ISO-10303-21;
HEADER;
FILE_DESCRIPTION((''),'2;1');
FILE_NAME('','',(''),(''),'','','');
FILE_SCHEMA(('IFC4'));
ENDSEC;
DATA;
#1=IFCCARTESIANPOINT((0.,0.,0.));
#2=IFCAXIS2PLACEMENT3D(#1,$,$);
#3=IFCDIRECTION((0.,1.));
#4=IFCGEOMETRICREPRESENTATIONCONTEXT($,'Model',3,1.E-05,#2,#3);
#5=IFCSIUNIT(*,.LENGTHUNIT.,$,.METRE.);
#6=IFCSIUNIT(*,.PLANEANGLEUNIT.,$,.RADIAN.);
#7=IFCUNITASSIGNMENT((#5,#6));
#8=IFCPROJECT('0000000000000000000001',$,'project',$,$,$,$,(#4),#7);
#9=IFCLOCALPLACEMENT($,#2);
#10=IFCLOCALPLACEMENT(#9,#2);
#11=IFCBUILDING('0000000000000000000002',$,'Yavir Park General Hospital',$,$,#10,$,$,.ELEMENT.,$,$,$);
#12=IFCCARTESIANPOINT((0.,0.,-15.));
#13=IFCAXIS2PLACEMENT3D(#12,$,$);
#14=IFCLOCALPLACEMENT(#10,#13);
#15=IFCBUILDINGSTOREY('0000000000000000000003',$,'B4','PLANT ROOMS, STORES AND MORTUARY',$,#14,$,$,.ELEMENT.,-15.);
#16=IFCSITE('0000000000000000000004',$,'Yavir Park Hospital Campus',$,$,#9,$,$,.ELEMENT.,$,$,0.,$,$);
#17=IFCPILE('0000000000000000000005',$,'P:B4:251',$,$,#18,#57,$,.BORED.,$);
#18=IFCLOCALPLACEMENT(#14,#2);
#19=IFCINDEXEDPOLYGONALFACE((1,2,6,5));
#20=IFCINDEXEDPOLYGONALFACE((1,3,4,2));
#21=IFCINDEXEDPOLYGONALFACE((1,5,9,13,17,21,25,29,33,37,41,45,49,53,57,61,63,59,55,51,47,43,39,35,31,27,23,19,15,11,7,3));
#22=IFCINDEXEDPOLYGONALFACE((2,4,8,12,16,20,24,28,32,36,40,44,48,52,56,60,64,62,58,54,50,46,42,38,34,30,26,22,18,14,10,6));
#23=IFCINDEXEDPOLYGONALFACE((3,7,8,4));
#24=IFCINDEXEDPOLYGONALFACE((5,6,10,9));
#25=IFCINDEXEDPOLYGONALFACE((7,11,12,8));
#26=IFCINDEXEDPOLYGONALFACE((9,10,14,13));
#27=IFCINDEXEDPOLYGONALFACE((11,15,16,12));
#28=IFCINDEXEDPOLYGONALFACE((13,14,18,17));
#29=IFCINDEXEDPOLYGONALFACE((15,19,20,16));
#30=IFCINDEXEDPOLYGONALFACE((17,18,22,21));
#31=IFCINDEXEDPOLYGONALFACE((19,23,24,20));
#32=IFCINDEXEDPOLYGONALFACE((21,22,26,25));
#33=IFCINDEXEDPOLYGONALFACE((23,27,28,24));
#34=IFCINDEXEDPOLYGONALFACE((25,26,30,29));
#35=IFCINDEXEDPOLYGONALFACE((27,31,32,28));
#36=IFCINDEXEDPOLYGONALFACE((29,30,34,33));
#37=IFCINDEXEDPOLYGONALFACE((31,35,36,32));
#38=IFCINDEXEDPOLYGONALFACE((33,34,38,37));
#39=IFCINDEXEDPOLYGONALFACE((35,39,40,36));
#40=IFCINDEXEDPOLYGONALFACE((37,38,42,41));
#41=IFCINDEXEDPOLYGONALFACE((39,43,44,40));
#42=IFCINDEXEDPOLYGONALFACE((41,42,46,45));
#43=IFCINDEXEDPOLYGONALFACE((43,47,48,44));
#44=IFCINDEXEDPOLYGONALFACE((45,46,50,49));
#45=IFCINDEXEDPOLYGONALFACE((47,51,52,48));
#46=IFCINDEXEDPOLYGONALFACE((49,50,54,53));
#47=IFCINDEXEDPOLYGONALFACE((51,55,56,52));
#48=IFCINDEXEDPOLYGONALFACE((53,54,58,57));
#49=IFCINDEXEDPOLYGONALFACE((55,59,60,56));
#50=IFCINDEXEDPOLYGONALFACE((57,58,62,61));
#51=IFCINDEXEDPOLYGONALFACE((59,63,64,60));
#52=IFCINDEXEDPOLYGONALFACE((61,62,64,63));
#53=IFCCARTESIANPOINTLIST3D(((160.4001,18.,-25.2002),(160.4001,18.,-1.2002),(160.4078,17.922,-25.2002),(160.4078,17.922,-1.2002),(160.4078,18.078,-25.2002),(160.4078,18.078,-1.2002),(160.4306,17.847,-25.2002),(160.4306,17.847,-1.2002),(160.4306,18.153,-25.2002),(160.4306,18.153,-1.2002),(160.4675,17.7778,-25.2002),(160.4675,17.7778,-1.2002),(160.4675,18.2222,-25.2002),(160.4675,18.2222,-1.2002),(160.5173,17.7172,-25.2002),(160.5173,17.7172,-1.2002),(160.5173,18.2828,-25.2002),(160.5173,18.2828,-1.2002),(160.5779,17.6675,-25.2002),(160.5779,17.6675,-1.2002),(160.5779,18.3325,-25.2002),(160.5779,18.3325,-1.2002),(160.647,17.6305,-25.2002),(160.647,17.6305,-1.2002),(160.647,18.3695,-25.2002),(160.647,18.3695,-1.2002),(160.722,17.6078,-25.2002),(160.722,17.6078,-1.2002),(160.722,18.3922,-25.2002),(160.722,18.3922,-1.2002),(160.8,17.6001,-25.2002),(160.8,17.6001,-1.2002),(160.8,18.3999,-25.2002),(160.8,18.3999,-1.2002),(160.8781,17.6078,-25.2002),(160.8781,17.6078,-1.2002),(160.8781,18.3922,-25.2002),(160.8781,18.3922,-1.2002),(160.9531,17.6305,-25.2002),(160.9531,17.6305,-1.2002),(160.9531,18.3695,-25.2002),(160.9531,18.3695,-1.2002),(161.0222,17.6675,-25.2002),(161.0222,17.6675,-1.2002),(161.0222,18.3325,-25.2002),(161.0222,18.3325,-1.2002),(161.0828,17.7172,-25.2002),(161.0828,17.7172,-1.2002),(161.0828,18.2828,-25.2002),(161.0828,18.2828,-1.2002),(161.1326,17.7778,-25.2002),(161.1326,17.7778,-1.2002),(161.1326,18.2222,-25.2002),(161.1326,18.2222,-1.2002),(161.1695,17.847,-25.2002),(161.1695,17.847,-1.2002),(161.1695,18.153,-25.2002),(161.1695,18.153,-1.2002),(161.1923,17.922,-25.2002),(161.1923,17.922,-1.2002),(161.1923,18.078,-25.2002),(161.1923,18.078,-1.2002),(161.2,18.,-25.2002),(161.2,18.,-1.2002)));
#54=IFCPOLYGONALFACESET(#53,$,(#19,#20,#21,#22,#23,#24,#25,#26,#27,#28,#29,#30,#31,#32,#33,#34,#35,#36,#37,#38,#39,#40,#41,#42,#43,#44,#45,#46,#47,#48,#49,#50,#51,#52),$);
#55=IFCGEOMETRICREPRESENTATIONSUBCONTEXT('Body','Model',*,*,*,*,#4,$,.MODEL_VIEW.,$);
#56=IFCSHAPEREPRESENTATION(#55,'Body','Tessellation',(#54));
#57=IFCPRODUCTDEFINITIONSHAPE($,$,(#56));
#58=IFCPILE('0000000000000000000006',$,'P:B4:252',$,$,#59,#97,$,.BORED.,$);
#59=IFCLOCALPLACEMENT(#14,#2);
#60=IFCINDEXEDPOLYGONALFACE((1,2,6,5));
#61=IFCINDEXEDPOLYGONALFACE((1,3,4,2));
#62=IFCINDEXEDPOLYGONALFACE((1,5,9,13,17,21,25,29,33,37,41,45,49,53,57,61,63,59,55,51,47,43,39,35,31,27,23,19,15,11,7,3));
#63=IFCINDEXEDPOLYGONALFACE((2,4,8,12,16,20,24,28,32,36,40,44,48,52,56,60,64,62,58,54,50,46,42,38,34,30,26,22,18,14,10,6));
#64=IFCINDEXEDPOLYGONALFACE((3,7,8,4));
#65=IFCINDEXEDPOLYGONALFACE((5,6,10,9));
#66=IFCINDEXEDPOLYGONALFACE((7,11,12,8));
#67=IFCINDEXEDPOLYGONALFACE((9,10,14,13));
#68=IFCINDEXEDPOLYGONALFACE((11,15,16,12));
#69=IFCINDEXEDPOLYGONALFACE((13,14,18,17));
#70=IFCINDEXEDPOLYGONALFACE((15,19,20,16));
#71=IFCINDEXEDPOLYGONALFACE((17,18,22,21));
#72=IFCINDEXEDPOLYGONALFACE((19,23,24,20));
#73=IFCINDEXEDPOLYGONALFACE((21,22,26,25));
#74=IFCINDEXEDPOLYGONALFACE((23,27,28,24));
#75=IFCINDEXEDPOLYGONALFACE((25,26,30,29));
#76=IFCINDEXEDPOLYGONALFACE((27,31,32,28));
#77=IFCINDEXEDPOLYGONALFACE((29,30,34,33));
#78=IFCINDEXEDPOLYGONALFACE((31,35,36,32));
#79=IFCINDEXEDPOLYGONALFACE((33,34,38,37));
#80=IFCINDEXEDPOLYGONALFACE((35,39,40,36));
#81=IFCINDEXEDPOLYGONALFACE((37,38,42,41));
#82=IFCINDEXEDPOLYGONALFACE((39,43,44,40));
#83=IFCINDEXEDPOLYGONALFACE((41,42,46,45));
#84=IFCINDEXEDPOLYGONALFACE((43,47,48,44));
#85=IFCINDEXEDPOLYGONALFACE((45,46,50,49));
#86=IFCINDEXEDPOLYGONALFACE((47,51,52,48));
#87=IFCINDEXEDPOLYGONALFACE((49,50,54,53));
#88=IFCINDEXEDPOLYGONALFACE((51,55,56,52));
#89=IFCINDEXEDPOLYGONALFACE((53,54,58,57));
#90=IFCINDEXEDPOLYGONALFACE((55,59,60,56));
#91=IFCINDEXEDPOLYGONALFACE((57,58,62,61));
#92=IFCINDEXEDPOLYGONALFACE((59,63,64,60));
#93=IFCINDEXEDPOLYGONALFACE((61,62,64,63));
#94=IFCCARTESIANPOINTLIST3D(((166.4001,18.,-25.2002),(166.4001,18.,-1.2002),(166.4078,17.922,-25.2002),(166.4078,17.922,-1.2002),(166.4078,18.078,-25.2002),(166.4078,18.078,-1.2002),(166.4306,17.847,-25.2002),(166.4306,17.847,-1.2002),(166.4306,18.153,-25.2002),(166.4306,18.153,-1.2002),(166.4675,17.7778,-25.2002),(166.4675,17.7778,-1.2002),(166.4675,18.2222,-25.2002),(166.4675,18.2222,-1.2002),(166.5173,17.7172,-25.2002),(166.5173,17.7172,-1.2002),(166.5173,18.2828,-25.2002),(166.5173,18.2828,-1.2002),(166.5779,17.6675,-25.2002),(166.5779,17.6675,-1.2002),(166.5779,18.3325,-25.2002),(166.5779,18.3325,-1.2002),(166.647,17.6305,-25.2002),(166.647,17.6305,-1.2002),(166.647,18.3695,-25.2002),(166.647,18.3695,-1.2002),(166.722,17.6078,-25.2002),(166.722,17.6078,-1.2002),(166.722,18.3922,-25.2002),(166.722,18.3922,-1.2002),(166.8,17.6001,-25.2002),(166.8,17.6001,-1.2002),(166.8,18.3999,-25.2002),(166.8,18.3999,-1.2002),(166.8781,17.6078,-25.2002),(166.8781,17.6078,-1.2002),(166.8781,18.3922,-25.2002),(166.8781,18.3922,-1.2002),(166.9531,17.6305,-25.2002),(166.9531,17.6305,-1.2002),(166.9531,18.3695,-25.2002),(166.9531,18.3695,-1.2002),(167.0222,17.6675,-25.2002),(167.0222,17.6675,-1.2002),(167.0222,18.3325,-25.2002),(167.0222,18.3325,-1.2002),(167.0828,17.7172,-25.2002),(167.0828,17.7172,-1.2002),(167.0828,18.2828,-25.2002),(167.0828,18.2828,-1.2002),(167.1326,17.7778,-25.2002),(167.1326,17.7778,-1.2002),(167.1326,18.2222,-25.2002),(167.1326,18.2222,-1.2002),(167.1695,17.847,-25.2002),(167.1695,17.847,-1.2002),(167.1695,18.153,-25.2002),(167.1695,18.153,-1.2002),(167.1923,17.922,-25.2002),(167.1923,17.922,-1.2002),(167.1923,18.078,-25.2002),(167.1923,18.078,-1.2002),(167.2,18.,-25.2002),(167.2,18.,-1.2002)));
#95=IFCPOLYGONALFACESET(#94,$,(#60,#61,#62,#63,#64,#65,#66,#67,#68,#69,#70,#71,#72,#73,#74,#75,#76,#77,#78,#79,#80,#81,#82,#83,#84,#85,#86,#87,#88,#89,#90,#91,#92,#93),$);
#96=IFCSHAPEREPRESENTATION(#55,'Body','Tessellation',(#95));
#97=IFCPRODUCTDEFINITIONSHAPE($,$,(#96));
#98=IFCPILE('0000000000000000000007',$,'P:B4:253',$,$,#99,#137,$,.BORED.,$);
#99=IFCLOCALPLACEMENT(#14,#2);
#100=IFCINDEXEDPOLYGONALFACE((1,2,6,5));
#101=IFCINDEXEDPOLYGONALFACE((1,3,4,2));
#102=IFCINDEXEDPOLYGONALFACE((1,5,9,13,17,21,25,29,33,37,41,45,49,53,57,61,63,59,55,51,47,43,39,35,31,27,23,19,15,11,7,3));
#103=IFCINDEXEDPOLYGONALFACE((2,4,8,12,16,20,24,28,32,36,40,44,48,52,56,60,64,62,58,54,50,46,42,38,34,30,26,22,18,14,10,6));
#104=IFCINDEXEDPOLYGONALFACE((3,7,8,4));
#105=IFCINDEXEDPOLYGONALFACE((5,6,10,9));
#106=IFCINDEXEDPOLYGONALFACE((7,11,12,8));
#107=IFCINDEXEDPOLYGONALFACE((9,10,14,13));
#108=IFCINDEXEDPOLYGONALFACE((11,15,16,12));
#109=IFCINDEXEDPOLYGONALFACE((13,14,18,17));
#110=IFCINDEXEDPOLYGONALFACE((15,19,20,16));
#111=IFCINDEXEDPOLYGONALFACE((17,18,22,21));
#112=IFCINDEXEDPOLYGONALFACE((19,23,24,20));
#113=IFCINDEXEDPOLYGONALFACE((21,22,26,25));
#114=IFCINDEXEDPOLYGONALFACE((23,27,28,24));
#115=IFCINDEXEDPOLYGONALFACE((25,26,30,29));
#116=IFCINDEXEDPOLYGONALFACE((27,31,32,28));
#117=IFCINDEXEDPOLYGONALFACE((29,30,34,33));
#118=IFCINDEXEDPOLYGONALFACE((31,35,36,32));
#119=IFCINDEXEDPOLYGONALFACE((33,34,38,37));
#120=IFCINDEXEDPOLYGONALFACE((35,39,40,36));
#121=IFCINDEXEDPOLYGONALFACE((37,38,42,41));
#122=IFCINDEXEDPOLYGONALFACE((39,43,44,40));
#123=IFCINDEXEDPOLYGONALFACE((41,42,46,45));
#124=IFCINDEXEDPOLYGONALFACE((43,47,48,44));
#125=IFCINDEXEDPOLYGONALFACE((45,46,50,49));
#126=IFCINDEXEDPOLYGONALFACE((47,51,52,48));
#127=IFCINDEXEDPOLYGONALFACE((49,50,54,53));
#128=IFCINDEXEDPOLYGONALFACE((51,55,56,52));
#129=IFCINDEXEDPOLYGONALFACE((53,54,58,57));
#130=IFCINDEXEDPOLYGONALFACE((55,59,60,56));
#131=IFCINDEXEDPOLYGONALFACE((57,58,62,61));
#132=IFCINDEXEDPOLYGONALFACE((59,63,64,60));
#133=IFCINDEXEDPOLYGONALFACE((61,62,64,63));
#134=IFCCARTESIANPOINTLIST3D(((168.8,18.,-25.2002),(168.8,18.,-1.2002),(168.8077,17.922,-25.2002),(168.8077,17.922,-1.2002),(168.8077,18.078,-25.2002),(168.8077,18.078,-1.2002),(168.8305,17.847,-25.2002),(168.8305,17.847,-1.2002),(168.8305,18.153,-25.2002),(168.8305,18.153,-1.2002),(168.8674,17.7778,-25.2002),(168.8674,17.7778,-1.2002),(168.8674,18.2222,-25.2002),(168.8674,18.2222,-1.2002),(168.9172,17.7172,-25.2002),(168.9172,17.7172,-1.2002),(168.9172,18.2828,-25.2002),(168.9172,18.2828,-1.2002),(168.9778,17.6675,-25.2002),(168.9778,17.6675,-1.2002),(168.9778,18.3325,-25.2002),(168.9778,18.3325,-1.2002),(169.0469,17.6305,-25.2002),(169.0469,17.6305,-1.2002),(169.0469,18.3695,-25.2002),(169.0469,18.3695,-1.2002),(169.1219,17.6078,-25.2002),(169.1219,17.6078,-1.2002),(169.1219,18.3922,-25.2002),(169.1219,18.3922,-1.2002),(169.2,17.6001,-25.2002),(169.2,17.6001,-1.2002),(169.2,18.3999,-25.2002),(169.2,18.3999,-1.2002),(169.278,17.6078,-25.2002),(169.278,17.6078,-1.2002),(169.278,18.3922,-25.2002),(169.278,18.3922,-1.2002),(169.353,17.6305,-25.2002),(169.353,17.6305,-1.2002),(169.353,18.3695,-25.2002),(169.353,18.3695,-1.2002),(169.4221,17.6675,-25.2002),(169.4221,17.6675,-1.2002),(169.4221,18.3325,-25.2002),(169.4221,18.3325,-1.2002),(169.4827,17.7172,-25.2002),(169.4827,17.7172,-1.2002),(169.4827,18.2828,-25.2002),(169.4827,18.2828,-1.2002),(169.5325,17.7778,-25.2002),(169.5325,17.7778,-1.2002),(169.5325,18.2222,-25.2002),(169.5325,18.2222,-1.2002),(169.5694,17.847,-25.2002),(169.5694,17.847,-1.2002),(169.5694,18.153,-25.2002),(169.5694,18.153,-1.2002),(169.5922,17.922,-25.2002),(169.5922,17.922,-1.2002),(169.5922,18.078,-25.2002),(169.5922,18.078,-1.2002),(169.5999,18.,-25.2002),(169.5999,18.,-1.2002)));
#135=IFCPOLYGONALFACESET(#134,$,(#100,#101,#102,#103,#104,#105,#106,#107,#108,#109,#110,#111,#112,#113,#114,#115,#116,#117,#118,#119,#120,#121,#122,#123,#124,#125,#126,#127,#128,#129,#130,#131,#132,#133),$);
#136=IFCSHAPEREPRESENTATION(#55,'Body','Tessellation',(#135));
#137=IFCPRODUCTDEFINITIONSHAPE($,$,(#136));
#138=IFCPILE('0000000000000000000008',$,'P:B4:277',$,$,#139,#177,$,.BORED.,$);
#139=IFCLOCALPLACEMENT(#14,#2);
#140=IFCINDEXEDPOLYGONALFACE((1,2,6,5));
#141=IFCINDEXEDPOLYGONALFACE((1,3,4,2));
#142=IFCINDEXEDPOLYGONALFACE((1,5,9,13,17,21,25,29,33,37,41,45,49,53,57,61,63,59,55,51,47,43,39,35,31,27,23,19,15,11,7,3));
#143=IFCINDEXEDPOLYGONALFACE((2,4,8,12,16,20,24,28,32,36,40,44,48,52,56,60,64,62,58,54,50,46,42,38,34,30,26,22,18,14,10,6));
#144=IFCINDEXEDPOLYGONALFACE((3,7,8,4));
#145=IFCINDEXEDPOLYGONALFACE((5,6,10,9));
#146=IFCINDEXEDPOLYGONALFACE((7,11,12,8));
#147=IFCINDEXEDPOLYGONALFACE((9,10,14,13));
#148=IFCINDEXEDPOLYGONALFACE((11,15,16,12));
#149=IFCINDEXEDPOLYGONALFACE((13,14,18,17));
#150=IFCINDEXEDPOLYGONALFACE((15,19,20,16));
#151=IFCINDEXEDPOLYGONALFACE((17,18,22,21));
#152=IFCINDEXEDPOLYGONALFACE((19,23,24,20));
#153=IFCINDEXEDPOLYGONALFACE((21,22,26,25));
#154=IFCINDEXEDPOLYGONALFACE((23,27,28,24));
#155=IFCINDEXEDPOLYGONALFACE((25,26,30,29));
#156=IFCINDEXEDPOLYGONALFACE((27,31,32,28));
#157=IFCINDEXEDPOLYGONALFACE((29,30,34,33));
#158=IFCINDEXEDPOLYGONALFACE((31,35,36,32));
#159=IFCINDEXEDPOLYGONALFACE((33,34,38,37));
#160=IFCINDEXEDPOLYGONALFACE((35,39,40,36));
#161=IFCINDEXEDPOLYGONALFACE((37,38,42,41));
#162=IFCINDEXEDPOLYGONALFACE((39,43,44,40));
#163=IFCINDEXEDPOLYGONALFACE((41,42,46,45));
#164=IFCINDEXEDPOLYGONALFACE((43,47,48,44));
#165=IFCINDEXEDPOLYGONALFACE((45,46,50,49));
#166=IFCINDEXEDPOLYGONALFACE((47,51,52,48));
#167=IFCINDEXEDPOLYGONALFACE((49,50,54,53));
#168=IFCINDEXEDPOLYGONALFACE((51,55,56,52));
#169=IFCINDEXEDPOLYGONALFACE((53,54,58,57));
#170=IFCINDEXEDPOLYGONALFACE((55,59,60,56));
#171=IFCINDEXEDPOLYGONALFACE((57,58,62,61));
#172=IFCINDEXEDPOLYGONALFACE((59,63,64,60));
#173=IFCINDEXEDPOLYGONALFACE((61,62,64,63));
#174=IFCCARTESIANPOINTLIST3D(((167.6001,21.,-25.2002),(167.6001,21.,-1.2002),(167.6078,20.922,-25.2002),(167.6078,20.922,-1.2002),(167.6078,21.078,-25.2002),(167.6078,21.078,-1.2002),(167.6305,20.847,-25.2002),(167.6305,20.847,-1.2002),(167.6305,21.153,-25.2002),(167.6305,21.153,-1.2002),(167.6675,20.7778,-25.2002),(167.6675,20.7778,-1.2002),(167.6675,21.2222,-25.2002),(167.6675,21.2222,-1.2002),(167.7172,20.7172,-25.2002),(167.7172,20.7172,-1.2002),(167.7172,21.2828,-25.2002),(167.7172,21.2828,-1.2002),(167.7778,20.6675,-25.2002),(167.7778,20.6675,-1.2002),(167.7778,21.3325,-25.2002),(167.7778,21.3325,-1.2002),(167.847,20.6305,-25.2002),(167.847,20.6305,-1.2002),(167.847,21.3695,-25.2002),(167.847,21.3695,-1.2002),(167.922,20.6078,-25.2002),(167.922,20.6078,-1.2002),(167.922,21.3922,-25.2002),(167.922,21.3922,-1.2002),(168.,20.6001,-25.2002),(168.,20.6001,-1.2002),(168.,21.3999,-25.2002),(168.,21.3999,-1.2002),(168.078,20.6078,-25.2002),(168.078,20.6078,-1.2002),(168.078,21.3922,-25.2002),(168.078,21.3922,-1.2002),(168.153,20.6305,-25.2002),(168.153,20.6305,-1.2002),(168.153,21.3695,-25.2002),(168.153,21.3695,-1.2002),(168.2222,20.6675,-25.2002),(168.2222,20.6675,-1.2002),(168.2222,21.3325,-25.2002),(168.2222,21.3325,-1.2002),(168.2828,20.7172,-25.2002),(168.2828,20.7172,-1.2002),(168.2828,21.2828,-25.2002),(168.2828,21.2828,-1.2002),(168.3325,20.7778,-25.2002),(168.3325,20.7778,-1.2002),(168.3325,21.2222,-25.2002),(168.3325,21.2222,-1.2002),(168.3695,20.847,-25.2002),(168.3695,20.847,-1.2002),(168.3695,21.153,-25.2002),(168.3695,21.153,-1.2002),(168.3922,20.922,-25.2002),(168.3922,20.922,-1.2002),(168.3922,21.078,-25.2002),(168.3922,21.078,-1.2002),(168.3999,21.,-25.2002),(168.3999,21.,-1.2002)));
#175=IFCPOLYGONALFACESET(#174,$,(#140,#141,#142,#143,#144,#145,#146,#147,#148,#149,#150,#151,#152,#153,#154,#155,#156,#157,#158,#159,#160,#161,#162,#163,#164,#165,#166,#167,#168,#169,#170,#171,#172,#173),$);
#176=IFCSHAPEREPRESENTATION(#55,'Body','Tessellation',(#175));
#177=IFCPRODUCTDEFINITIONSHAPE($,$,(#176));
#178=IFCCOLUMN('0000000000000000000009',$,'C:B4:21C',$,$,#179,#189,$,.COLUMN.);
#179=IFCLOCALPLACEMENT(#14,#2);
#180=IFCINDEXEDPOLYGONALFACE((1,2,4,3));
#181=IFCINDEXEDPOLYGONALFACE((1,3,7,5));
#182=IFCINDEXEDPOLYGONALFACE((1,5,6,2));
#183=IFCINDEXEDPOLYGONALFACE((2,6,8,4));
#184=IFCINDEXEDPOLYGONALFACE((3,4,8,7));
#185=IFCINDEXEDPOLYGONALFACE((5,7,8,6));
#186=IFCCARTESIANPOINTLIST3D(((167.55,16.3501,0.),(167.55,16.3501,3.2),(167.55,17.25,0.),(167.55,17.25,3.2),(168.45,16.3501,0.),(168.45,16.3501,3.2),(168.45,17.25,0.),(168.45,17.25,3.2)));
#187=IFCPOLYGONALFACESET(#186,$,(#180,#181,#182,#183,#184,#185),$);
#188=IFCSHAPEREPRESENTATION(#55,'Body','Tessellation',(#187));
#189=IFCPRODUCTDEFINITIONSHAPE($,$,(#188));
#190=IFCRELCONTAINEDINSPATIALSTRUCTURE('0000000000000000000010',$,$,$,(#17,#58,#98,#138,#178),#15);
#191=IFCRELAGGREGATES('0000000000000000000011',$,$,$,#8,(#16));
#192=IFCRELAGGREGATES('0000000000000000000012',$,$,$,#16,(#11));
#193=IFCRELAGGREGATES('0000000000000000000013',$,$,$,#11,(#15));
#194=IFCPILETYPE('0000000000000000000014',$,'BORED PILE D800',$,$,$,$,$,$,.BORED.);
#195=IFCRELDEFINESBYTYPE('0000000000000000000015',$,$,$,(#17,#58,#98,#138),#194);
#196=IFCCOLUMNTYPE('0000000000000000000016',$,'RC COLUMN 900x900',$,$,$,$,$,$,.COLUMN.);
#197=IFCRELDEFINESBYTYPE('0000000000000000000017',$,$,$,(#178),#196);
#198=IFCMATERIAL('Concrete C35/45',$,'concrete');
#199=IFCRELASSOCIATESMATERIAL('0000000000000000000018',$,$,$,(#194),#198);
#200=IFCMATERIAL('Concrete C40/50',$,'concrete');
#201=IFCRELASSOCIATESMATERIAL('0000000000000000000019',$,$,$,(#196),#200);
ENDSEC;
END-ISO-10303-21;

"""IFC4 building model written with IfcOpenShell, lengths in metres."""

from ifc_helpers import new_model, si_unit, direction, frame, origin, origin_2d, place, context, subcontext, project, spatial, rectangle, circle, extrude, material, material_profile, profile_set, type_object, element, save


model = new_model("IFC4")

# Units and contexts
model_context = context("Model", 3, precision=1e-05, world=origin(), true_north=direction((0.0, 1.0)))
body_context = subcontext(model_context, "Body", "Model", "MODEL_VIEW")
ifc_project = project(units=[si_unit("LENGTHUNIT", "METRE"), si_unit("PLANEANGLEUNIT", "RADIAN")], contexts=[model_context])

# Site, building, storey
site_placement = place(None, origin())
site = spatial("IfcSite", under=ifc_project, at=site_placement, Name="Yavir Park Hospital Campus", CompositionType="ELEMENT", RefElevation=0.0)
building_placement = place(site_placement, origin())
building = spatial("IfcBuilding", under=site, at=building_placement, Name="Yavir Park General Hospital", CompositionType="ELEMENT")
storey_placement = place(building_placement, frame((0.0, 0.0, -15.0)))
storey = spatial("IfcBuildingStorey", under=building, at=storey_placement, Name="B4", Description="PLANT ROOMS, STORES AND MORTUARY", CompositionType="ELEMENT", Elevation=-15.0)

# Piles
ifc_material_1 = material(Name="Concrete C35/45", Category="concrete")
ifc_material_profile_1 = material_profile(ifc_material_1, circle(Radius=0.3999, at=origin_2d()), Name="D800")
ifc_profile_set_1 = profile_set([ifc_material_profile_1], Name="Concrete C35/45")
pile_type_1 = type_object("IfcPileType", Name="BORED PILE D800", PredefinedType="BORED", material=ifc_profile_set_1)
for number, where, z_axis, x_axis, name in (
    (1, (160.8, 18.0, -1.2002), (0.0, 0.0, -1.0), (1.0, 0.0, 0.0), "P:B4:251"),
    (2, (166.8, 18.0, -1.2002), (0.0, 0.0, -1.0), (1.0, 0.0, 0.0), "P:B4:252"),
    (3, (169.2, 18.0, -1.2002), (0.0, 0.0, -1.0), (1.0, 0.0, 0.0), "P:B4:253"),
    (4, (168.0, 21.0, -1.2002), (0.0, 0.0, -1.0), (1.0, 0.0, 0.0), "P:B4:277"),
):
    element("IfcPile", number, at=place(storey_placement, frame(where, z_axis=z_axis, x_axis=x_axis)), inside=storey, type_object=pile_type_1, Name=name, PredefinedType="BORED", context=body_context, shape_type="SweptSolid", body=[
        extrude(circle(Radius=0.3999, at=origin_2d()), origin(), (0.0, 0.0, 1.0), 24.0),
    ])

# Column
ifc_material_2 = material(Name="Concrete C40/50", Category="concrete")
ifc_material_profile_2 = material_profile(ifc_material_2, rectangle(XDim=0.8999, YDim=0.8999, at=origin_2d()), Name="RC900x900")
ifc_profile_set_2 = profile_set([ifc_material_profile_2], Name="Concrete C40/50")
column_type = type_object("IfcColumnType", Name="RC COLUMN 900x900", PredefinedType="COLUMN", material=ifc_profile_set_2)
column_placement = place(storey_placement, frame((168.0, 16.8, 0.0), z_axis=(0.0, 0.0, 1.0), x_axis=(1.0, 0.0, 0.0)))
element("IfcColumn", 5, at=column_placement, inside=storey, type_object=column_type, Name="C:B4:21C", PredefinedType="COLUMN", context=body_context, shape_type="SweptSolid", body=[
    extrude(rectangle(XDim=0.8999, YDim=0.8999, at=origin_2d()), origin(), (0.0, 0.0, 1.0), 3.2),
])

save(model, "model.ifc")
